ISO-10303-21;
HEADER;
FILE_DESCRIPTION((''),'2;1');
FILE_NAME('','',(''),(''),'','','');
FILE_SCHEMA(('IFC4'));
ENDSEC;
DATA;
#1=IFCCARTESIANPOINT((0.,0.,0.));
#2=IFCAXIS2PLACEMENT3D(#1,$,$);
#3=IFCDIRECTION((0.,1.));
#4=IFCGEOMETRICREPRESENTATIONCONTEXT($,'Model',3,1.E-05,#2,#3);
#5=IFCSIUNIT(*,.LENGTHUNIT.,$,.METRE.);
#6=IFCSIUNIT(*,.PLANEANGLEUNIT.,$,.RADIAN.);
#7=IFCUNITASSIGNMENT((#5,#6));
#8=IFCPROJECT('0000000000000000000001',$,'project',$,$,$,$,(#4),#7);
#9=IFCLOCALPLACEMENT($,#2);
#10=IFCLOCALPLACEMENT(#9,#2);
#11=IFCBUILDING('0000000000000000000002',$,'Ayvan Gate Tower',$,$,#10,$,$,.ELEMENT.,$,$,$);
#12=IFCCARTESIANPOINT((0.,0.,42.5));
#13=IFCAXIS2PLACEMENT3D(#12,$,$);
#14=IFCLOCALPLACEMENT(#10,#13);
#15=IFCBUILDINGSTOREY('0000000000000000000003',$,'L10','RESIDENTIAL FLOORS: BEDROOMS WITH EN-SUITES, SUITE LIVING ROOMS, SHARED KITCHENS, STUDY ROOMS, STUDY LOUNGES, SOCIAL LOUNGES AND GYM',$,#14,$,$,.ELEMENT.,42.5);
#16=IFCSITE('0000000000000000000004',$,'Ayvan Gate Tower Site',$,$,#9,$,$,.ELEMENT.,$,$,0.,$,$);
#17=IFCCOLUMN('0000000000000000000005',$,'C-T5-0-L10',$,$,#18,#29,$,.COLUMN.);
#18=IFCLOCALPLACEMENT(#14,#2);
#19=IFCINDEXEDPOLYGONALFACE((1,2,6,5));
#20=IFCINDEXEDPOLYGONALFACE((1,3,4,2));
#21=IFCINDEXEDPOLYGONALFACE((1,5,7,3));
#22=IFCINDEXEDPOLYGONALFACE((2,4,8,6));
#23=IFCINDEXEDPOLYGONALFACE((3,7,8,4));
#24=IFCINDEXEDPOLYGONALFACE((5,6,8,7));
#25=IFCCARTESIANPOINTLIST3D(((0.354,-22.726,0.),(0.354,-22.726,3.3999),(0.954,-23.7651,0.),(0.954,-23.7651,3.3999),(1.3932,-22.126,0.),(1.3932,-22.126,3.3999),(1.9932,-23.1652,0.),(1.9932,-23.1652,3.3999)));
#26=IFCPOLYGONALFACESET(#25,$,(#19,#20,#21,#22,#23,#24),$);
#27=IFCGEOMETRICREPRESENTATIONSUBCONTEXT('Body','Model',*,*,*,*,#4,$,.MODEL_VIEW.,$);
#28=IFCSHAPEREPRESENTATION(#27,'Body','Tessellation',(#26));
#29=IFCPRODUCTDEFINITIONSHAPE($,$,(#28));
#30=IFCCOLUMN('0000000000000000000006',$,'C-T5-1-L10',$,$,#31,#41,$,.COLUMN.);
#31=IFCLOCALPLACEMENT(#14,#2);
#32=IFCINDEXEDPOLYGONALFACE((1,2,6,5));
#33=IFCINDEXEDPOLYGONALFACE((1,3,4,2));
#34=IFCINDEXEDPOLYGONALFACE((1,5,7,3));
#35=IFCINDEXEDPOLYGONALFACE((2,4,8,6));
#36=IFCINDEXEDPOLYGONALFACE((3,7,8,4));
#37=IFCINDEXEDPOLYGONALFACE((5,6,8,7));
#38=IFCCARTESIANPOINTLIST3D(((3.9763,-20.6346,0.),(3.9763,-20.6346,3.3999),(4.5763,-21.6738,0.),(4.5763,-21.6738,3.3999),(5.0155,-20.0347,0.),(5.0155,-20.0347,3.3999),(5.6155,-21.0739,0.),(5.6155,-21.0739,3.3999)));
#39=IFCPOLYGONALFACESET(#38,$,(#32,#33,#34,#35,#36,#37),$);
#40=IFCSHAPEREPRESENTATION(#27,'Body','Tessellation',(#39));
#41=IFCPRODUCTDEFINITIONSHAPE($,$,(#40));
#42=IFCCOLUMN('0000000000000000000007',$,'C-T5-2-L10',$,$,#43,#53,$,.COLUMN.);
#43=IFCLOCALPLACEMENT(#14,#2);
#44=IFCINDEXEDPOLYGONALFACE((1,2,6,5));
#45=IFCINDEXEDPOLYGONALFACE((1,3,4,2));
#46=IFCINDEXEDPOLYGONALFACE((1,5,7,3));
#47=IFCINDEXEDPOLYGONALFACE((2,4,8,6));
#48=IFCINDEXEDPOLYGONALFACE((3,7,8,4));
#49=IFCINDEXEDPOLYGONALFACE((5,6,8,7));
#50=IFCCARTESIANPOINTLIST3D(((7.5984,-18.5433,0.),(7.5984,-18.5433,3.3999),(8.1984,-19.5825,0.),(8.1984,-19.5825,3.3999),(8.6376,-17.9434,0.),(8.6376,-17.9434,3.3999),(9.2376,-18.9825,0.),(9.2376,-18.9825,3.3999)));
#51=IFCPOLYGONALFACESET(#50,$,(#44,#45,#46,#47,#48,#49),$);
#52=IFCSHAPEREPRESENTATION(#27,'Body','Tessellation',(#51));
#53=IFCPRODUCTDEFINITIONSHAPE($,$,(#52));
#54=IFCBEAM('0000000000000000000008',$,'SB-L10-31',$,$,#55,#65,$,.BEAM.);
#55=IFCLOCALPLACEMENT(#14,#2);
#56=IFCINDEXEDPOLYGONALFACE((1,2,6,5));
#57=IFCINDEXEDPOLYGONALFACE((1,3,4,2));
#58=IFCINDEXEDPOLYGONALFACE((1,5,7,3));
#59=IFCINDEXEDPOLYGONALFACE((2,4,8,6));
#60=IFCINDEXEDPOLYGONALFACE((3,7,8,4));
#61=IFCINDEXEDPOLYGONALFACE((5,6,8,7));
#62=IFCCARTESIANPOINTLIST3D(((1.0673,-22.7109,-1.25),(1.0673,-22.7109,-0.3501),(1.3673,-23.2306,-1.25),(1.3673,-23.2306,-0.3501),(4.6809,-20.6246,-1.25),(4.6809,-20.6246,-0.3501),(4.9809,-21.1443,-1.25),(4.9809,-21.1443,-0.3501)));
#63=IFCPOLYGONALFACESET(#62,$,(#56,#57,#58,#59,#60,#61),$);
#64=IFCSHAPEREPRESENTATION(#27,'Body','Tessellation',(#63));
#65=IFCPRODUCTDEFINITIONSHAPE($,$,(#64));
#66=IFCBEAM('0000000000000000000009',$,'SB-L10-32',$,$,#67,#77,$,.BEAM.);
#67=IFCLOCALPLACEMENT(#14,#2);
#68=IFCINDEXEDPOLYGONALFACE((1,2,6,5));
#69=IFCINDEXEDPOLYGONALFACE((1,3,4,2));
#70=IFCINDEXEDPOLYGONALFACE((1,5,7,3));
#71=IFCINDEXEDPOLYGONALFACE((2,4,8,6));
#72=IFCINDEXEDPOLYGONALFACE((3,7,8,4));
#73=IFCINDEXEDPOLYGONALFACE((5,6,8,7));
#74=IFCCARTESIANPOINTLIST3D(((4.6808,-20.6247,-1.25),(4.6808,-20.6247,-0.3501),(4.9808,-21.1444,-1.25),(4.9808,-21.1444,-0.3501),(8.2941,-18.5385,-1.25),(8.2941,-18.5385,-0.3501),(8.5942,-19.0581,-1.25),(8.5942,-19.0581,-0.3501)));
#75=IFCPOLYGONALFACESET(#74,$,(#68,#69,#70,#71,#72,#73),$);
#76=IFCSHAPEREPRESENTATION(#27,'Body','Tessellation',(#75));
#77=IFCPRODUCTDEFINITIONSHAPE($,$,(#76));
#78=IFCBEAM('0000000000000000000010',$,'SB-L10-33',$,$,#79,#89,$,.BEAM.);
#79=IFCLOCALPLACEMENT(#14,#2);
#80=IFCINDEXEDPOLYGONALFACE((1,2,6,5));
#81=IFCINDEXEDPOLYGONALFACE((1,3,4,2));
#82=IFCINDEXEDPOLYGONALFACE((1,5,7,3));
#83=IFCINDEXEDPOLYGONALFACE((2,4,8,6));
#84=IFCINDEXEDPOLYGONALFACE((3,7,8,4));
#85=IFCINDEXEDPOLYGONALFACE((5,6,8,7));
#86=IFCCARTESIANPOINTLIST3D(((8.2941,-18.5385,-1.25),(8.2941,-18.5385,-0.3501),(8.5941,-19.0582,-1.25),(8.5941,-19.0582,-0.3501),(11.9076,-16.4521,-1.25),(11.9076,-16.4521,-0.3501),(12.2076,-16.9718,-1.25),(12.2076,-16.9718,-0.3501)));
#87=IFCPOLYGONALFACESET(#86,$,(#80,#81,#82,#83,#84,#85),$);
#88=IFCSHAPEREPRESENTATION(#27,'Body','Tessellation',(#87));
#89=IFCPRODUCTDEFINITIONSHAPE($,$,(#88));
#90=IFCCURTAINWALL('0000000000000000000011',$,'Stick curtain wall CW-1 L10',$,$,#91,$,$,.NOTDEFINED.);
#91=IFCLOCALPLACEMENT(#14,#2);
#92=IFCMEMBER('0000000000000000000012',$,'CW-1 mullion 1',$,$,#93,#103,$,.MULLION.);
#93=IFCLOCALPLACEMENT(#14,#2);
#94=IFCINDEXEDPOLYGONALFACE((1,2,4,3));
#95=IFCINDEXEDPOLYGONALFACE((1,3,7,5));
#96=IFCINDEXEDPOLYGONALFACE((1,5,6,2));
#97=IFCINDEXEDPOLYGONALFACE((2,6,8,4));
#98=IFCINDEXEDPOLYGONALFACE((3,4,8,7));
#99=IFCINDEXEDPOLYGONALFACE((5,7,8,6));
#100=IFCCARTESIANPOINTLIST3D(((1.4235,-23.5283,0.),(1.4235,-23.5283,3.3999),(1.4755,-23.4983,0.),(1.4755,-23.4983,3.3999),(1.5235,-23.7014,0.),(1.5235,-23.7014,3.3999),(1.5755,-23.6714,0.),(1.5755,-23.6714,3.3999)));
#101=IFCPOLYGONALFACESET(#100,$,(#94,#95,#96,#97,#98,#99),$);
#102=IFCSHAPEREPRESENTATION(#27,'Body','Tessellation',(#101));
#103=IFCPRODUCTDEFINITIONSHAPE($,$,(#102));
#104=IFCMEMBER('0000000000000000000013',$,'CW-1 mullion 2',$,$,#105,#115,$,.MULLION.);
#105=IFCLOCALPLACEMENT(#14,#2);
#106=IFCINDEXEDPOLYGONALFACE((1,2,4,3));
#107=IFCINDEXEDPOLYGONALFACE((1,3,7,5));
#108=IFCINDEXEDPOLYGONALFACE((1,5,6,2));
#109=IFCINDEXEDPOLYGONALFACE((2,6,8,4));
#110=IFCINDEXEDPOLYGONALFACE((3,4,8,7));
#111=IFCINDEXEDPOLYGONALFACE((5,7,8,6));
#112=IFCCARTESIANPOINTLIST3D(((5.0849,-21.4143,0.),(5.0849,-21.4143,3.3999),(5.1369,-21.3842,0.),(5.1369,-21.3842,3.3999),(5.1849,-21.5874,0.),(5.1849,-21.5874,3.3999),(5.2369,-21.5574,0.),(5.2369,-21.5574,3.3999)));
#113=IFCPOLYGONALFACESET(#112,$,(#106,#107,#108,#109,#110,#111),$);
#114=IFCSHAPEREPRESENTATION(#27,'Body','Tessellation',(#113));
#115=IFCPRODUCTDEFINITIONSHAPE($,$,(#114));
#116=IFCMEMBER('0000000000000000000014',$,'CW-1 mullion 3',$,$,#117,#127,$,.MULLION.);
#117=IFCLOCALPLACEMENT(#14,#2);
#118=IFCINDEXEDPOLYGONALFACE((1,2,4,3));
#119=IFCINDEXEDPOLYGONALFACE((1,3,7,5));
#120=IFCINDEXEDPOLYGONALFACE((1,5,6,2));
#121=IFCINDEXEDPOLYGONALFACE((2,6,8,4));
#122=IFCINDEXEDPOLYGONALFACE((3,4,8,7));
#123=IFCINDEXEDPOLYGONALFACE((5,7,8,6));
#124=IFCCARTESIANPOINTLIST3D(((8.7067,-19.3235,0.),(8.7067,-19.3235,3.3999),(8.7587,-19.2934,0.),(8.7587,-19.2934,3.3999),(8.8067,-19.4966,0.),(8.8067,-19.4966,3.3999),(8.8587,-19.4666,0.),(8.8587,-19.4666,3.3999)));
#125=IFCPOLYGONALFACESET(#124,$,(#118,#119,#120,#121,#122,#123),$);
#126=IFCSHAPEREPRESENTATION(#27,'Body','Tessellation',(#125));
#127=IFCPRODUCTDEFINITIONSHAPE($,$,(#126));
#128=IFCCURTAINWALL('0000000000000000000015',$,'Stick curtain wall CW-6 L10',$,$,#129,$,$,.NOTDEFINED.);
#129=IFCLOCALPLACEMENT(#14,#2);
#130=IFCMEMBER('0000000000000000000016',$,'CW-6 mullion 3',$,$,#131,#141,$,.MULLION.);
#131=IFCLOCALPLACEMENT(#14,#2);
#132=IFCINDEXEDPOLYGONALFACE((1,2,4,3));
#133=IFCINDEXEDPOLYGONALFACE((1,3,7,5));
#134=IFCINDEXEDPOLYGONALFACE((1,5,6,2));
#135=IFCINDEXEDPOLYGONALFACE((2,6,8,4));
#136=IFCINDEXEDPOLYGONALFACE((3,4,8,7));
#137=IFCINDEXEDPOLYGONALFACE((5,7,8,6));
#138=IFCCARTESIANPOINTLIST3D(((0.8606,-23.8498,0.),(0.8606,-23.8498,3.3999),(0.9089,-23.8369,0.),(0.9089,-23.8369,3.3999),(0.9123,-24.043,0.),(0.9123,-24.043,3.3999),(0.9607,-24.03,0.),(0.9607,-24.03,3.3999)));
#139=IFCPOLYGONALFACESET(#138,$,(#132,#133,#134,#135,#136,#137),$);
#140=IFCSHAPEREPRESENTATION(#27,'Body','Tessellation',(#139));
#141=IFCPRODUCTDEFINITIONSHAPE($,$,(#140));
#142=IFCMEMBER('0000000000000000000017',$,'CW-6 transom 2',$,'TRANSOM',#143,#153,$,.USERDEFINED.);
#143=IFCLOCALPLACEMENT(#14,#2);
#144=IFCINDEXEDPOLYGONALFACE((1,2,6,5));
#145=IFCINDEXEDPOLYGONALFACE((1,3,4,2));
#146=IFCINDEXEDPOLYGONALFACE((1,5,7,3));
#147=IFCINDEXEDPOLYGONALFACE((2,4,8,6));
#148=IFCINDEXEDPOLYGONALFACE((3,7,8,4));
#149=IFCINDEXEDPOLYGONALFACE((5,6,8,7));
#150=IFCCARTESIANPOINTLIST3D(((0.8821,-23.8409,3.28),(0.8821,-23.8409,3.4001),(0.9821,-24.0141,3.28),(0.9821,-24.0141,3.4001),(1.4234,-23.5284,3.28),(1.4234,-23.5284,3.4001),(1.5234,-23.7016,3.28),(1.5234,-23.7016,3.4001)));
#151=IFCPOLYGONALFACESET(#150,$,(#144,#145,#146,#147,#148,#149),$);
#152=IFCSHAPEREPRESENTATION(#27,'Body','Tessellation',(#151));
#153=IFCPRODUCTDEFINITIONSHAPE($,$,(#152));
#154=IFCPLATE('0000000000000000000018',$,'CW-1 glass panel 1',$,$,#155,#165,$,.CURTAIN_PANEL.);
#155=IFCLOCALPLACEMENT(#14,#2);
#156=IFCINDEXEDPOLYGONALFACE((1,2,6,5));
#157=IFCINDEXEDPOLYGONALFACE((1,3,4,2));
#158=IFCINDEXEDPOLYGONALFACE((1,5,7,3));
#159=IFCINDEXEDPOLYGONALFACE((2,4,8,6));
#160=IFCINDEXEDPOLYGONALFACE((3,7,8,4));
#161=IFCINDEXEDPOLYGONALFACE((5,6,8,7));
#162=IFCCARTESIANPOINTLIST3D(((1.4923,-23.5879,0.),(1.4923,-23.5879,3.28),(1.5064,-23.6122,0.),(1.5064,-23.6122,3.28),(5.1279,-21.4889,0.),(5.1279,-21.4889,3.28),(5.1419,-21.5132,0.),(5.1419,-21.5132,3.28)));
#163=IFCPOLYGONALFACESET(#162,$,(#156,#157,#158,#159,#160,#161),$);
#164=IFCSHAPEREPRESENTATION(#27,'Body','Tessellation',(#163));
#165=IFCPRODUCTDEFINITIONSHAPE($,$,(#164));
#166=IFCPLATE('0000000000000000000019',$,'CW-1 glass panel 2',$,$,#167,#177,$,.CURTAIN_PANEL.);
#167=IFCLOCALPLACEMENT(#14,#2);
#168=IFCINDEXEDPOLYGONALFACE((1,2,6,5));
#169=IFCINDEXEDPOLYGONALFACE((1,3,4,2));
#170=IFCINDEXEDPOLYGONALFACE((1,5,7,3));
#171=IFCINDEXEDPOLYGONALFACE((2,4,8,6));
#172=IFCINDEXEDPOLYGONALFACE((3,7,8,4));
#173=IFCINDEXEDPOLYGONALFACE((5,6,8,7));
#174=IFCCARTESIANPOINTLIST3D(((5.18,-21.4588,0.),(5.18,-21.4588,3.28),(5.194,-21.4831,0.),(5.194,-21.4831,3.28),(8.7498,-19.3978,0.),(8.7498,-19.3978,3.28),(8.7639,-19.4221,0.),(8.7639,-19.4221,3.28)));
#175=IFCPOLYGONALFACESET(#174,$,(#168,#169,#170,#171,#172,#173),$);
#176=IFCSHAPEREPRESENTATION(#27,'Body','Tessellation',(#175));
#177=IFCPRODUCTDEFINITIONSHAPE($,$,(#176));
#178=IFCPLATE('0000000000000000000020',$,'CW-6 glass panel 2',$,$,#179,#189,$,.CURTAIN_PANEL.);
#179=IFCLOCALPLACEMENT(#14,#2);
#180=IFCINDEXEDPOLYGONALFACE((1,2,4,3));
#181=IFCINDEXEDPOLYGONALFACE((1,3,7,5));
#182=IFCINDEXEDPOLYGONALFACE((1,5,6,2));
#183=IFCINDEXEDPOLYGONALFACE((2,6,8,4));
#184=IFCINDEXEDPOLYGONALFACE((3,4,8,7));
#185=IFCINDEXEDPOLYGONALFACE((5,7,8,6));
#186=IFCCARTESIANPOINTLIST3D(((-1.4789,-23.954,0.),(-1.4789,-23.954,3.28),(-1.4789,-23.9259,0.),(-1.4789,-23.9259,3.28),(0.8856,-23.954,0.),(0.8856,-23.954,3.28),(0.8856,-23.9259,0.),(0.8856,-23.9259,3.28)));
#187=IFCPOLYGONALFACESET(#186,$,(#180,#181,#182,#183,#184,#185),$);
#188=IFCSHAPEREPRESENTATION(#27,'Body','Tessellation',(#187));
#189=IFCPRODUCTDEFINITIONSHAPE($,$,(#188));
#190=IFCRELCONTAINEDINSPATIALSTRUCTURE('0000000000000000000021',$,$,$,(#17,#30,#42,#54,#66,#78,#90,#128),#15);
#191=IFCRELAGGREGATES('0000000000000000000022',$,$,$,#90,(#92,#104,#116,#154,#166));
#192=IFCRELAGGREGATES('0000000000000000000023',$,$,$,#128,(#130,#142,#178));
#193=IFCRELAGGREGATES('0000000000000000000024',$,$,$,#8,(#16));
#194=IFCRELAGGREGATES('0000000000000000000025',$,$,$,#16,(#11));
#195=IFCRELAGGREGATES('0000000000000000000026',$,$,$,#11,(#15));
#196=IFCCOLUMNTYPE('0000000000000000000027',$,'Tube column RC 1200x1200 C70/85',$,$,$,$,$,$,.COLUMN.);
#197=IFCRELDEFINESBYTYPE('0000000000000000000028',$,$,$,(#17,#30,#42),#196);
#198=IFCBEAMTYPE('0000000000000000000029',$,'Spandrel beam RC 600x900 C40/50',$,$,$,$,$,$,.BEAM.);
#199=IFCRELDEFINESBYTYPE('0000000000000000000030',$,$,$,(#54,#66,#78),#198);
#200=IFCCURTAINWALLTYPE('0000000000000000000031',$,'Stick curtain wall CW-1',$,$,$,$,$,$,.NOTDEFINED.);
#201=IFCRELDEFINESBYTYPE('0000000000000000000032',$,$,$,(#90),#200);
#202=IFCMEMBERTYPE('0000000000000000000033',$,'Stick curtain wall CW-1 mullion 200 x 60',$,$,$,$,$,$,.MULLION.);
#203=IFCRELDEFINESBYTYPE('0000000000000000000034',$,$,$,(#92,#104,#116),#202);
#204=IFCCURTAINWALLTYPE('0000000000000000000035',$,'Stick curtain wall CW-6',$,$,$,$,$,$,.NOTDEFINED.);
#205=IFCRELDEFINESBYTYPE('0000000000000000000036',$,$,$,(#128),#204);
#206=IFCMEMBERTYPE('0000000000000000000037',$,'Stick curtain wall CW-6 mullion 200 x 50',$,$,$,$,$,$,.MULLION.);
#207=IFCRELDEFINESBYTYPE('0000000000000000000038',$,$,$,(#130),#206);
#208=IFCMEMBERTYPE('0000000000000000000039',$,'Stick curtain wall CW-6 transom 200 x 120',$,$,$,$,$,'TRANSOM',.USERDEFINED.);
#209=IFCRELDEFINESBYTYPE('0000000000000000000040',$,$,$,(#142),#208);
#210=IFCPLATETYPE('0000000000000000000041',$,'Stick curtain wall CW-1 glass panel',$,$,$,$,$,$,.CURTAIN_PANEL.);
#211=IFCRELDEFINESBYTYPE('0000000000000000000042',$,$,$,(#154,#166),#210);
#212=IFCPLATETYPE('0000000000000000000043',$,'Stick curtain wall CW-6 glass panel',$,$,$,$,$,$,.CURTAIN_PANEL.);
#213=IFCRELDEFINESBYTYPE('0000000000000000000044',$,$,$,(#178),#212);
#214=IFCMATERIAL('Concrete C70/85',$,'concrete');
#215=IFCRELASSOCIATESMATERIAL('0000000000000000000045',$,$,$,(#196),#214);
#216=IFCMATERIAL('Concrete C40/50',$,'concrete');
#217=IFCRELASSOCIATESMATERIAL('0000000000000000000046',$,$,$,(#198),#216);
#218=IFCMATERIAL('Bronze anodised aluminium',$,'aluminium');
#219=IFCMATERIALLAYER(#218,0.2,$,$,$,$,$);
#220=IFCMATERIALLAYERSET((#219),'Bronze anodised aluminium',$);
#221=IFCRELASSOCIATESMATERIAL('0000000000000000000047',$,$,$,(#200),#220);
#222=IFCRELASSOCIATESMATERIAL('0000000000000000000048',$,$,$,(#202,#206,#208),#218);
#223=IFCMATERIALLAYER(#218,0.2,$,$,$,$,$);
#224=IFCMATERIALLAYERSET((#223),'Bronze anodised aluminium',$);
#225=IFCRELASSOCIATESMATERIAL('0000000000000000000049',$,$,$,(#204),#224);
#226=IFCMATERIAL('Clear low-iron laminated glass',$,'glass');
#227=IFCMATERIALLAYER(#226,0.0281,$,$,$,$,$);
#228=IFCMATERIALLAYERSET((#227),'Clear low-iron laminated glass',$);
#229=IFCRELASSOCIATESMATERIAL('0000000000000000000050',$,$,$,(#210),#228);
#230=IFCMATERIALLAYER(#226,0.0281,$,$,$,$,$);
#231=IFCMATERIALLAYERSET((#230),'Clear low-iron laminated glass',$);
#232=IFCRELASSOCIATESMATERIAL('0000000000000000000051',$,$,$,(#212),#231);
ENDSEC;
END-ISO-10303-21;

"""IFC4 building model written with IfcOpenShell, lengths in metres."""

from ifc_helpers import new_model, si_unit, direction, frame, origin, origin_2d, place, context, subcontext, project, spatial, rectangle, extrude, material, layer, layer_set, material_profile, profile_set, type_object, element, aggregate, save


model = new_model("IFC4")

# Units and contexts
model_context = context("Model", 3, precision=1e-05, world=origin(), true_north=direction((0.0, 1.0)))
body_context = subcontext(model_context, "Body", "Model", "MODEL_VIEW")
ifc_project = project(units=[si_unit("LENGTHUNIT", "METRE"), si_unit("PLANEANGLEUNIT", "RADIAN")], contexts=[model_context])

# Site, building, storey
site_placement = place(None, origin())
site = spatial("IfcSite", under=ifc_project, at=site_placement, Name="Ayvan Gate Tower Site", CompositionType="ELEMENT", RefElevation=0.0)
building_placement = place(site_placement, origin())
building = spatial("IfcBuilding", under=site, at=building_placement, Name="Ayvan Gate Tower", CompositionType="ELEMENT")
storey_placement = place(building_placement, frame((0.0, 0.0, 42.5)))
storey = spatial("IfcBuildingStorey", under=building, at=storey_placement, Name="L10", Description="RESIDENTIAL FLOORS: BEDROOMS WITH EN-SUITES, SUITE LIVING ROOMS, SHARED KITCHENS, STUDY ROOMS, STUDY LOUNGES, SOCIAL LOUNGES AND GYM", CompositionType="ELEMENT", Elevation=42.5)

# Columns
ifc_material_1 = material(Name="Concrete C70/85", Category="concrete")
ifc_material_profile_1 = material_profile(ifc_material_1, rectangle(XDim=1.2, YDim=1.2, at=origin_2d()), Name="RC 1200x1200")
ifc_profile_set_1 = profile_set([ifc_material_profile_1], Name="Concrete C70/85")
column_type = type_object("IfcColumnType", Name="Tube column RC 1200x1200 C70/85", PredefinedType="COLUMN", material=ifc_profile_set_1)
for number, where, z_axis, x_axis, name in (
    (1, (1.1736, -22.9456, 0.0), (0.0, 0.0, 1.0), (0.5, -0.866025, 0.0), "C-T5-0-L10"),
    (2, (4.7959, -20.8542, 0.0), (0.0, 0.0, 1.0), (0.5, -0.866025, 0.0), "C-T5-1-L10"),
    (3, (8.418, -18.7629, 0.0), (0.0, 0.0, 1.0), (0.5, -0.866025, 0.0), "C-T5-2-L10"),
):
    element("IfcColumn", number, at=place(storey_placement, frame(where, z_axis=z_axis, x_axis=x_axis)), inside=storey, type_object=column_type, Name=name, PredefinedType="COLUMN", context=body_context, shape_type="SweptSolid", body=[
        extrude(rectangle(XDim=1.2, YDim=1.2, at=origin_2d()), origin(), (0.0, 0.0, 1.0), 3.3999),
    ])

# Beams
ifc_material_2 = material(Name="Concrete C40/50", Category="concrete")
ifc_material_profile_2 = material_profile(ifc_material_2, rectangle(XDim=0.6001, YDim=0.8999, at=origin_2d()), Name="RC 600x900")
ifc_profile_set_2 = profile_set([ifc_material_profile_2], Name="Concrete C40/50")
beam_type = type_object("IfcBeamType", Name="Spandrel beam RC 600x900 C40/50", PredefinedType="BEAM", material=ifc_profile_set_2)
beam_1_placement = place(storey_placement, frame((1.2173, -22.9707, -0.8), z_axis=(0.866035, 0.499984, 0.0), x_axis=(-0.499984, 0.866035, 0.0)))
element("IfcBeam", 4, at=beam_1_placement, inside=storey, type_object=beam_type, Name="SB-L10-31", PredefinedType="BEAM", context=body_context, shape_type="SweptSolid", body=[
    extrude(rectangle(XDim=0.6001, YDim=0.8999, at=origin_2d()), origin(), (0.0, 0.0, 1.0), 4.1726),
])
beam_2_placement = place(storey_placement, frame((4.8308, -20.8845, -0.8), z_axis=(0.86602, 0.500009, 0.0), x_axis=(-0.500009, 0.86602, 0.0)))
element("IfcBeam", 5, at=beam_2_placement, inside=storey, type_object=beam_type, Name="SB-L10-32", PredefinedType="BEAM", context=body_context, shape_type="SweptSolid", body=[
    extrude(rectangle(XDim=0.6001, YDim=0.8999, at=origin_2d()), origin(), (0.0, 0.0, 1.0), 4.1724),
])
beam_3_placement = place(storey_placement, frame((8.4441, -18.7983, -0.8), z_axis=(0.866009, 0.500028, 0.0), x_axis=(-0.500028, 0.866009, 0.0)))
element("IfcBeam", 6, at=beam_3_placement, inside=storey, type_object=beam_type, Name="SB-L10-33", PredefinedType="BEAM", context=body_context, shape_type="SweptSolid", body=[
    extrude(rectangle(XDim=0.6001, YDim=0.8999, at=origin_2d()), origin(), (0.0, 0.0, 1.0), 4.1726),
])

# Curtain walls, members
ifc_material_3 = material(Name="Bronze anodised aluminium", Category="aluminium")
ifc_layer_1 = layer(ifc_material_3, 0.2)
ifc_layer_set_1 = layer_set([ifc_layer_1], Name="Bronze anodised aluminium")
curtain_wall_type_1 = type_object("IfcCurtainWallType", Name="Stick curtain wall CW-1", PredefinedType="NOTDEFINED", material=ifc_layer_set_1)
curtain_wall_1_placement = place(storey_placement, origin())
curtain_wall_1 = element("IfcCurtainWall", 7, at=curtain_wall_1_placement, inside=storey, type_object=curtain_wall_type_1, Name="Stick curtain wall CW-1 L10", PredefinedType="NOTDEFINED")
ifc_material_profile_3 = material_profile(ifc_material_3, rectangle(XDim=0.2, YDim=0.0601, at=origin_2d()), Name="Stick curtain wall CW-1 mullion 200 x 60")
ifc_profile_set_3 = profile_set([ifc_material_profile_3], Name="Bronze anodised aluminium")
member_type_1 = type_object("IfcMemberType", Name="Stick curtain wall CW-1 mullion 200 x 60", PredefinedType="MULLION", material=ifc_profile_set_3)
member_1_placement = place(storey_placement, frame((1.4995, -23.5999, 0.0), z_axis=(0.0, 0.0, 1.0), x_axis=(0.5, -0.866025, 0.0)))
member_1 = element("IfcMember", 8, at=member_1_placement, type_object=member_type_1, Name="CW-1 mullion 1", PredefinedType="MULLION", context=body_context, shape_type="SweptSolid", body=[
    extrude(rectangle(XDim=0.2, YDim=0.0601, at=origin_2d()), origin(), (0.0, 0.0, 1.0), 3.3999),
])
member_2_placement = place(storey_placement, frame((5.1609, -21.4858, 0.0), z_axis=(0.0, 0.0, 1.0), x_axis=(0.5, -0.866025, 0.0)))
member_2 = element("IfcMember", 9, at=member_2_placement, type_object=member_type_1, Name="CW-1 mullion 2", PredefinedType="MULLION", context=body_context, shape_type="SweptSolid", body=[
    extrude(rectangle(XDim=0.2, YDim=0.0601, at=origin_2d()), origin(), (0.0, 0.0, 1.0), 3.3999),
])
member_3_placement = place(storey_placement, frame((8.7827, -19.395, 0.0), z_axis=(0.0, 0.0, 1.0), x_axis=(0.5, -0.866025, 0.0)))
member_3 = element("IfcMember", 10, at=member_3_placement, type_object=member_type_1, Name="CW-1 mullion 3", PredefinedType="MULLION", context=body_context, shape_type="SweptSolid", body=[
    extrude(rectangle(XDim=0.2, YDim=0.0601, at=origin_2d()), origin(), (0.0, 0.0, 1.0), 3.3999),
])
ifc_layer_2 = layer(ifc_material_3, 0.2)
ifc_layer_set_2 = layer_set([ifc_layer_2], Name="Bronze anodised aluminium")
curtain_wall_type_2 = type_object("IfcCurtainWallType", Name="Stick curtain wall CW-6", PredefinedType="NOTDEFINED", material=ifc_layer_set_2)
curtain_wall_2_placement = place(storey_placement, origin())
curtain_wall_2 = element("IfcCurtainWall", 11, at=curtain_wall_2_placement, inside=storey, type_object=curtain_wall_type_2, Name="Stick curtain wall CW-6 L10", PredefinedType="NOTDEFINED")
ifc_material_profile_4 = material_profile(ifc_material_3, rectangle(XDim=0.2, YDim=0.05, at=origin_2d()), Name="Stick curtain wall CW-6 mullion 200 x 50")
ifc_profile_set_4 = profile_set([ifc_material_profile_4], Name="Bronze anodised aluminium")
member_type_2 = type_object("IfcMemberType", Name="Stick curtain wall CW-6 mullion 200 x 50", PredefinedType="MULLION", material=ifc_profile_set_4)
member_4_placement = place(storey_placement, frame((0.9106, -23.9399, 0.0), z_axis=(0.0, 0.0, 1.0), x_axis=(0.258819, -0.965926, 0.0)))
member_4 = element("IfcMember", 12, at=member_4_placement, type_object=member_type_2, Name="CW-6 mullion 3", PredefinedType="MULLION", context=body_context, shape_type="SweptSolid", body=[
    extrude(rectangle(XDim=0.2, YDim=0.05, at=origin_2d()), origin(), (0.0, 0.0, 1.0), 3.3999),
])
ifc_material_profile_5 = material_profile(ifc_material_3, rectangle(XDim=0.2, YDim=0.1201, at=origin_2d()), Name="Stick curtain wall CW-6 transom 200 x 120")
ifc_profile_set_5 = profile_set([ifc_material_profile_5], Name="Bronze anodised aluminium")
member_type_3 = type_object("IfcMemberType", Name="Stick curtain wall CW-6 transom 200 x 120", ElementType="TRANSOM", PredefinedType="USERDEFINED", material=ifc_profile_set_5)
member_5_placement = place(storey_placement, frame((0.9321, -23.9275, 3.3401), z_axis=(0.866023, 0.500004, 0.0), x_axis=(-0.500004, 0.866023, 0.0)))
member_5 = element("IfcMember", 13, at=member_5_placement, type_object=member_type_3, Name="CW-6 transom 2", ObjectType="TRANSOM", PredefinedType="USERDEFINED", context=body_context, shape_type="SweptSolid", body=[
    extrude(rectangle(XDim=0.2, YDim=0.1201, at=origin_2d()), origin(), (0.0, 0.0, 1.0), 0.625),
])

# Plates
ifc_material_4 = material(Name="Clear low-iron laminated glass", Category="glass")
ifc_layer_3 = layer(ifc_material_4, 0.0281)
ifc_layer_set_3 = layer_set([ifc_layer_3], Name="Clear low-iron laminated glass")
plate_type_1 = type_object("IfcPlateType", Name="Stick curtain wall CW-1 glass panel", PredefinedType="CURTAIN_PANEL", material=ifc_layer_set_3)
plate_1_placement = place(storey_placement, frame((3.3171, -22.5505, 0.0), z_axis=(0.0, 0.0, 1.0), x_axis=(0.866025, 0.5, 0.0)))
plate_1 = element("IfcPlate", 14, at=plate_1_placement, type_object=plate_type_1, Name="CW-1 glass panel 1", PredefinedType="CURTAIN_PANEL", context=body_context, shape_type="SweptSolid", body=[
    extrude(rectangle(XDim=4.198, YDim=0.0281, at=origin_2d()), origin(), (0.0, 0.0, 1.0), 3.28),
])
plate_2_placement = place(storey_placement, frame((6.9719, -20.4404, 0.0), z_axis=(0.0, 0.0, 1.0), x_axis=(0.866025, 0.5, 0.0)))
plate_2 = element("IfcPlate", 15, at=plate_2_placement, type_object=plate_type_1, Name="CW-1 glass panel 2", PredefinedType="CURTAIN_PANEL", context=body_context, shape_type="SweptSolid", body=[
    extrude(rectangle(XDim=4.1221, YDim=0.0281, at=origin_2d()), origin(), (0.0, 0.0, 1.0), 3.28),
])
aggregate(curtain_wall_1, [member_1, member_2, member_3, plate_1, plate_2])
ifc_layer_4 = layer(ifc_material_4, 0.0281)
ifc_layer_set_4 = layer_set([ifc_layer_4], Name="Clear low-iron laminated glass")
plate_type_2 = type_object("IfcPlateType", Name="Stick curtain wall CW-6 glass panel", PredefinedType="CURTAIN_PANEL", material=ifc_layer_set_4)
plate_3_placement = place(storey_placement, frame((-0.2966, -23.9399, 0.0), z_axis=(0.0, 0.0, 1.0), x_axis=(1.0, 0.0, 0.0)))
plate_3 = element("IfcPlate", 16, at=plate_3_placement, type_object=plate_type_2, Name="CW-6 glass panel 2", PredefinedType="CURTAIN_PANEL", context=body_context, shape_type="SweptSolid", body=[
    extrude(rectangle(XDim=2.3645, YDim=0.0281, at=origin_2d()), origin(), (0.0, 0.0, 1.0), 3.28),
])
aggregate(curtain_wall_2, [member_4, member_5, plate_3])

save(model, "model.ifc")
